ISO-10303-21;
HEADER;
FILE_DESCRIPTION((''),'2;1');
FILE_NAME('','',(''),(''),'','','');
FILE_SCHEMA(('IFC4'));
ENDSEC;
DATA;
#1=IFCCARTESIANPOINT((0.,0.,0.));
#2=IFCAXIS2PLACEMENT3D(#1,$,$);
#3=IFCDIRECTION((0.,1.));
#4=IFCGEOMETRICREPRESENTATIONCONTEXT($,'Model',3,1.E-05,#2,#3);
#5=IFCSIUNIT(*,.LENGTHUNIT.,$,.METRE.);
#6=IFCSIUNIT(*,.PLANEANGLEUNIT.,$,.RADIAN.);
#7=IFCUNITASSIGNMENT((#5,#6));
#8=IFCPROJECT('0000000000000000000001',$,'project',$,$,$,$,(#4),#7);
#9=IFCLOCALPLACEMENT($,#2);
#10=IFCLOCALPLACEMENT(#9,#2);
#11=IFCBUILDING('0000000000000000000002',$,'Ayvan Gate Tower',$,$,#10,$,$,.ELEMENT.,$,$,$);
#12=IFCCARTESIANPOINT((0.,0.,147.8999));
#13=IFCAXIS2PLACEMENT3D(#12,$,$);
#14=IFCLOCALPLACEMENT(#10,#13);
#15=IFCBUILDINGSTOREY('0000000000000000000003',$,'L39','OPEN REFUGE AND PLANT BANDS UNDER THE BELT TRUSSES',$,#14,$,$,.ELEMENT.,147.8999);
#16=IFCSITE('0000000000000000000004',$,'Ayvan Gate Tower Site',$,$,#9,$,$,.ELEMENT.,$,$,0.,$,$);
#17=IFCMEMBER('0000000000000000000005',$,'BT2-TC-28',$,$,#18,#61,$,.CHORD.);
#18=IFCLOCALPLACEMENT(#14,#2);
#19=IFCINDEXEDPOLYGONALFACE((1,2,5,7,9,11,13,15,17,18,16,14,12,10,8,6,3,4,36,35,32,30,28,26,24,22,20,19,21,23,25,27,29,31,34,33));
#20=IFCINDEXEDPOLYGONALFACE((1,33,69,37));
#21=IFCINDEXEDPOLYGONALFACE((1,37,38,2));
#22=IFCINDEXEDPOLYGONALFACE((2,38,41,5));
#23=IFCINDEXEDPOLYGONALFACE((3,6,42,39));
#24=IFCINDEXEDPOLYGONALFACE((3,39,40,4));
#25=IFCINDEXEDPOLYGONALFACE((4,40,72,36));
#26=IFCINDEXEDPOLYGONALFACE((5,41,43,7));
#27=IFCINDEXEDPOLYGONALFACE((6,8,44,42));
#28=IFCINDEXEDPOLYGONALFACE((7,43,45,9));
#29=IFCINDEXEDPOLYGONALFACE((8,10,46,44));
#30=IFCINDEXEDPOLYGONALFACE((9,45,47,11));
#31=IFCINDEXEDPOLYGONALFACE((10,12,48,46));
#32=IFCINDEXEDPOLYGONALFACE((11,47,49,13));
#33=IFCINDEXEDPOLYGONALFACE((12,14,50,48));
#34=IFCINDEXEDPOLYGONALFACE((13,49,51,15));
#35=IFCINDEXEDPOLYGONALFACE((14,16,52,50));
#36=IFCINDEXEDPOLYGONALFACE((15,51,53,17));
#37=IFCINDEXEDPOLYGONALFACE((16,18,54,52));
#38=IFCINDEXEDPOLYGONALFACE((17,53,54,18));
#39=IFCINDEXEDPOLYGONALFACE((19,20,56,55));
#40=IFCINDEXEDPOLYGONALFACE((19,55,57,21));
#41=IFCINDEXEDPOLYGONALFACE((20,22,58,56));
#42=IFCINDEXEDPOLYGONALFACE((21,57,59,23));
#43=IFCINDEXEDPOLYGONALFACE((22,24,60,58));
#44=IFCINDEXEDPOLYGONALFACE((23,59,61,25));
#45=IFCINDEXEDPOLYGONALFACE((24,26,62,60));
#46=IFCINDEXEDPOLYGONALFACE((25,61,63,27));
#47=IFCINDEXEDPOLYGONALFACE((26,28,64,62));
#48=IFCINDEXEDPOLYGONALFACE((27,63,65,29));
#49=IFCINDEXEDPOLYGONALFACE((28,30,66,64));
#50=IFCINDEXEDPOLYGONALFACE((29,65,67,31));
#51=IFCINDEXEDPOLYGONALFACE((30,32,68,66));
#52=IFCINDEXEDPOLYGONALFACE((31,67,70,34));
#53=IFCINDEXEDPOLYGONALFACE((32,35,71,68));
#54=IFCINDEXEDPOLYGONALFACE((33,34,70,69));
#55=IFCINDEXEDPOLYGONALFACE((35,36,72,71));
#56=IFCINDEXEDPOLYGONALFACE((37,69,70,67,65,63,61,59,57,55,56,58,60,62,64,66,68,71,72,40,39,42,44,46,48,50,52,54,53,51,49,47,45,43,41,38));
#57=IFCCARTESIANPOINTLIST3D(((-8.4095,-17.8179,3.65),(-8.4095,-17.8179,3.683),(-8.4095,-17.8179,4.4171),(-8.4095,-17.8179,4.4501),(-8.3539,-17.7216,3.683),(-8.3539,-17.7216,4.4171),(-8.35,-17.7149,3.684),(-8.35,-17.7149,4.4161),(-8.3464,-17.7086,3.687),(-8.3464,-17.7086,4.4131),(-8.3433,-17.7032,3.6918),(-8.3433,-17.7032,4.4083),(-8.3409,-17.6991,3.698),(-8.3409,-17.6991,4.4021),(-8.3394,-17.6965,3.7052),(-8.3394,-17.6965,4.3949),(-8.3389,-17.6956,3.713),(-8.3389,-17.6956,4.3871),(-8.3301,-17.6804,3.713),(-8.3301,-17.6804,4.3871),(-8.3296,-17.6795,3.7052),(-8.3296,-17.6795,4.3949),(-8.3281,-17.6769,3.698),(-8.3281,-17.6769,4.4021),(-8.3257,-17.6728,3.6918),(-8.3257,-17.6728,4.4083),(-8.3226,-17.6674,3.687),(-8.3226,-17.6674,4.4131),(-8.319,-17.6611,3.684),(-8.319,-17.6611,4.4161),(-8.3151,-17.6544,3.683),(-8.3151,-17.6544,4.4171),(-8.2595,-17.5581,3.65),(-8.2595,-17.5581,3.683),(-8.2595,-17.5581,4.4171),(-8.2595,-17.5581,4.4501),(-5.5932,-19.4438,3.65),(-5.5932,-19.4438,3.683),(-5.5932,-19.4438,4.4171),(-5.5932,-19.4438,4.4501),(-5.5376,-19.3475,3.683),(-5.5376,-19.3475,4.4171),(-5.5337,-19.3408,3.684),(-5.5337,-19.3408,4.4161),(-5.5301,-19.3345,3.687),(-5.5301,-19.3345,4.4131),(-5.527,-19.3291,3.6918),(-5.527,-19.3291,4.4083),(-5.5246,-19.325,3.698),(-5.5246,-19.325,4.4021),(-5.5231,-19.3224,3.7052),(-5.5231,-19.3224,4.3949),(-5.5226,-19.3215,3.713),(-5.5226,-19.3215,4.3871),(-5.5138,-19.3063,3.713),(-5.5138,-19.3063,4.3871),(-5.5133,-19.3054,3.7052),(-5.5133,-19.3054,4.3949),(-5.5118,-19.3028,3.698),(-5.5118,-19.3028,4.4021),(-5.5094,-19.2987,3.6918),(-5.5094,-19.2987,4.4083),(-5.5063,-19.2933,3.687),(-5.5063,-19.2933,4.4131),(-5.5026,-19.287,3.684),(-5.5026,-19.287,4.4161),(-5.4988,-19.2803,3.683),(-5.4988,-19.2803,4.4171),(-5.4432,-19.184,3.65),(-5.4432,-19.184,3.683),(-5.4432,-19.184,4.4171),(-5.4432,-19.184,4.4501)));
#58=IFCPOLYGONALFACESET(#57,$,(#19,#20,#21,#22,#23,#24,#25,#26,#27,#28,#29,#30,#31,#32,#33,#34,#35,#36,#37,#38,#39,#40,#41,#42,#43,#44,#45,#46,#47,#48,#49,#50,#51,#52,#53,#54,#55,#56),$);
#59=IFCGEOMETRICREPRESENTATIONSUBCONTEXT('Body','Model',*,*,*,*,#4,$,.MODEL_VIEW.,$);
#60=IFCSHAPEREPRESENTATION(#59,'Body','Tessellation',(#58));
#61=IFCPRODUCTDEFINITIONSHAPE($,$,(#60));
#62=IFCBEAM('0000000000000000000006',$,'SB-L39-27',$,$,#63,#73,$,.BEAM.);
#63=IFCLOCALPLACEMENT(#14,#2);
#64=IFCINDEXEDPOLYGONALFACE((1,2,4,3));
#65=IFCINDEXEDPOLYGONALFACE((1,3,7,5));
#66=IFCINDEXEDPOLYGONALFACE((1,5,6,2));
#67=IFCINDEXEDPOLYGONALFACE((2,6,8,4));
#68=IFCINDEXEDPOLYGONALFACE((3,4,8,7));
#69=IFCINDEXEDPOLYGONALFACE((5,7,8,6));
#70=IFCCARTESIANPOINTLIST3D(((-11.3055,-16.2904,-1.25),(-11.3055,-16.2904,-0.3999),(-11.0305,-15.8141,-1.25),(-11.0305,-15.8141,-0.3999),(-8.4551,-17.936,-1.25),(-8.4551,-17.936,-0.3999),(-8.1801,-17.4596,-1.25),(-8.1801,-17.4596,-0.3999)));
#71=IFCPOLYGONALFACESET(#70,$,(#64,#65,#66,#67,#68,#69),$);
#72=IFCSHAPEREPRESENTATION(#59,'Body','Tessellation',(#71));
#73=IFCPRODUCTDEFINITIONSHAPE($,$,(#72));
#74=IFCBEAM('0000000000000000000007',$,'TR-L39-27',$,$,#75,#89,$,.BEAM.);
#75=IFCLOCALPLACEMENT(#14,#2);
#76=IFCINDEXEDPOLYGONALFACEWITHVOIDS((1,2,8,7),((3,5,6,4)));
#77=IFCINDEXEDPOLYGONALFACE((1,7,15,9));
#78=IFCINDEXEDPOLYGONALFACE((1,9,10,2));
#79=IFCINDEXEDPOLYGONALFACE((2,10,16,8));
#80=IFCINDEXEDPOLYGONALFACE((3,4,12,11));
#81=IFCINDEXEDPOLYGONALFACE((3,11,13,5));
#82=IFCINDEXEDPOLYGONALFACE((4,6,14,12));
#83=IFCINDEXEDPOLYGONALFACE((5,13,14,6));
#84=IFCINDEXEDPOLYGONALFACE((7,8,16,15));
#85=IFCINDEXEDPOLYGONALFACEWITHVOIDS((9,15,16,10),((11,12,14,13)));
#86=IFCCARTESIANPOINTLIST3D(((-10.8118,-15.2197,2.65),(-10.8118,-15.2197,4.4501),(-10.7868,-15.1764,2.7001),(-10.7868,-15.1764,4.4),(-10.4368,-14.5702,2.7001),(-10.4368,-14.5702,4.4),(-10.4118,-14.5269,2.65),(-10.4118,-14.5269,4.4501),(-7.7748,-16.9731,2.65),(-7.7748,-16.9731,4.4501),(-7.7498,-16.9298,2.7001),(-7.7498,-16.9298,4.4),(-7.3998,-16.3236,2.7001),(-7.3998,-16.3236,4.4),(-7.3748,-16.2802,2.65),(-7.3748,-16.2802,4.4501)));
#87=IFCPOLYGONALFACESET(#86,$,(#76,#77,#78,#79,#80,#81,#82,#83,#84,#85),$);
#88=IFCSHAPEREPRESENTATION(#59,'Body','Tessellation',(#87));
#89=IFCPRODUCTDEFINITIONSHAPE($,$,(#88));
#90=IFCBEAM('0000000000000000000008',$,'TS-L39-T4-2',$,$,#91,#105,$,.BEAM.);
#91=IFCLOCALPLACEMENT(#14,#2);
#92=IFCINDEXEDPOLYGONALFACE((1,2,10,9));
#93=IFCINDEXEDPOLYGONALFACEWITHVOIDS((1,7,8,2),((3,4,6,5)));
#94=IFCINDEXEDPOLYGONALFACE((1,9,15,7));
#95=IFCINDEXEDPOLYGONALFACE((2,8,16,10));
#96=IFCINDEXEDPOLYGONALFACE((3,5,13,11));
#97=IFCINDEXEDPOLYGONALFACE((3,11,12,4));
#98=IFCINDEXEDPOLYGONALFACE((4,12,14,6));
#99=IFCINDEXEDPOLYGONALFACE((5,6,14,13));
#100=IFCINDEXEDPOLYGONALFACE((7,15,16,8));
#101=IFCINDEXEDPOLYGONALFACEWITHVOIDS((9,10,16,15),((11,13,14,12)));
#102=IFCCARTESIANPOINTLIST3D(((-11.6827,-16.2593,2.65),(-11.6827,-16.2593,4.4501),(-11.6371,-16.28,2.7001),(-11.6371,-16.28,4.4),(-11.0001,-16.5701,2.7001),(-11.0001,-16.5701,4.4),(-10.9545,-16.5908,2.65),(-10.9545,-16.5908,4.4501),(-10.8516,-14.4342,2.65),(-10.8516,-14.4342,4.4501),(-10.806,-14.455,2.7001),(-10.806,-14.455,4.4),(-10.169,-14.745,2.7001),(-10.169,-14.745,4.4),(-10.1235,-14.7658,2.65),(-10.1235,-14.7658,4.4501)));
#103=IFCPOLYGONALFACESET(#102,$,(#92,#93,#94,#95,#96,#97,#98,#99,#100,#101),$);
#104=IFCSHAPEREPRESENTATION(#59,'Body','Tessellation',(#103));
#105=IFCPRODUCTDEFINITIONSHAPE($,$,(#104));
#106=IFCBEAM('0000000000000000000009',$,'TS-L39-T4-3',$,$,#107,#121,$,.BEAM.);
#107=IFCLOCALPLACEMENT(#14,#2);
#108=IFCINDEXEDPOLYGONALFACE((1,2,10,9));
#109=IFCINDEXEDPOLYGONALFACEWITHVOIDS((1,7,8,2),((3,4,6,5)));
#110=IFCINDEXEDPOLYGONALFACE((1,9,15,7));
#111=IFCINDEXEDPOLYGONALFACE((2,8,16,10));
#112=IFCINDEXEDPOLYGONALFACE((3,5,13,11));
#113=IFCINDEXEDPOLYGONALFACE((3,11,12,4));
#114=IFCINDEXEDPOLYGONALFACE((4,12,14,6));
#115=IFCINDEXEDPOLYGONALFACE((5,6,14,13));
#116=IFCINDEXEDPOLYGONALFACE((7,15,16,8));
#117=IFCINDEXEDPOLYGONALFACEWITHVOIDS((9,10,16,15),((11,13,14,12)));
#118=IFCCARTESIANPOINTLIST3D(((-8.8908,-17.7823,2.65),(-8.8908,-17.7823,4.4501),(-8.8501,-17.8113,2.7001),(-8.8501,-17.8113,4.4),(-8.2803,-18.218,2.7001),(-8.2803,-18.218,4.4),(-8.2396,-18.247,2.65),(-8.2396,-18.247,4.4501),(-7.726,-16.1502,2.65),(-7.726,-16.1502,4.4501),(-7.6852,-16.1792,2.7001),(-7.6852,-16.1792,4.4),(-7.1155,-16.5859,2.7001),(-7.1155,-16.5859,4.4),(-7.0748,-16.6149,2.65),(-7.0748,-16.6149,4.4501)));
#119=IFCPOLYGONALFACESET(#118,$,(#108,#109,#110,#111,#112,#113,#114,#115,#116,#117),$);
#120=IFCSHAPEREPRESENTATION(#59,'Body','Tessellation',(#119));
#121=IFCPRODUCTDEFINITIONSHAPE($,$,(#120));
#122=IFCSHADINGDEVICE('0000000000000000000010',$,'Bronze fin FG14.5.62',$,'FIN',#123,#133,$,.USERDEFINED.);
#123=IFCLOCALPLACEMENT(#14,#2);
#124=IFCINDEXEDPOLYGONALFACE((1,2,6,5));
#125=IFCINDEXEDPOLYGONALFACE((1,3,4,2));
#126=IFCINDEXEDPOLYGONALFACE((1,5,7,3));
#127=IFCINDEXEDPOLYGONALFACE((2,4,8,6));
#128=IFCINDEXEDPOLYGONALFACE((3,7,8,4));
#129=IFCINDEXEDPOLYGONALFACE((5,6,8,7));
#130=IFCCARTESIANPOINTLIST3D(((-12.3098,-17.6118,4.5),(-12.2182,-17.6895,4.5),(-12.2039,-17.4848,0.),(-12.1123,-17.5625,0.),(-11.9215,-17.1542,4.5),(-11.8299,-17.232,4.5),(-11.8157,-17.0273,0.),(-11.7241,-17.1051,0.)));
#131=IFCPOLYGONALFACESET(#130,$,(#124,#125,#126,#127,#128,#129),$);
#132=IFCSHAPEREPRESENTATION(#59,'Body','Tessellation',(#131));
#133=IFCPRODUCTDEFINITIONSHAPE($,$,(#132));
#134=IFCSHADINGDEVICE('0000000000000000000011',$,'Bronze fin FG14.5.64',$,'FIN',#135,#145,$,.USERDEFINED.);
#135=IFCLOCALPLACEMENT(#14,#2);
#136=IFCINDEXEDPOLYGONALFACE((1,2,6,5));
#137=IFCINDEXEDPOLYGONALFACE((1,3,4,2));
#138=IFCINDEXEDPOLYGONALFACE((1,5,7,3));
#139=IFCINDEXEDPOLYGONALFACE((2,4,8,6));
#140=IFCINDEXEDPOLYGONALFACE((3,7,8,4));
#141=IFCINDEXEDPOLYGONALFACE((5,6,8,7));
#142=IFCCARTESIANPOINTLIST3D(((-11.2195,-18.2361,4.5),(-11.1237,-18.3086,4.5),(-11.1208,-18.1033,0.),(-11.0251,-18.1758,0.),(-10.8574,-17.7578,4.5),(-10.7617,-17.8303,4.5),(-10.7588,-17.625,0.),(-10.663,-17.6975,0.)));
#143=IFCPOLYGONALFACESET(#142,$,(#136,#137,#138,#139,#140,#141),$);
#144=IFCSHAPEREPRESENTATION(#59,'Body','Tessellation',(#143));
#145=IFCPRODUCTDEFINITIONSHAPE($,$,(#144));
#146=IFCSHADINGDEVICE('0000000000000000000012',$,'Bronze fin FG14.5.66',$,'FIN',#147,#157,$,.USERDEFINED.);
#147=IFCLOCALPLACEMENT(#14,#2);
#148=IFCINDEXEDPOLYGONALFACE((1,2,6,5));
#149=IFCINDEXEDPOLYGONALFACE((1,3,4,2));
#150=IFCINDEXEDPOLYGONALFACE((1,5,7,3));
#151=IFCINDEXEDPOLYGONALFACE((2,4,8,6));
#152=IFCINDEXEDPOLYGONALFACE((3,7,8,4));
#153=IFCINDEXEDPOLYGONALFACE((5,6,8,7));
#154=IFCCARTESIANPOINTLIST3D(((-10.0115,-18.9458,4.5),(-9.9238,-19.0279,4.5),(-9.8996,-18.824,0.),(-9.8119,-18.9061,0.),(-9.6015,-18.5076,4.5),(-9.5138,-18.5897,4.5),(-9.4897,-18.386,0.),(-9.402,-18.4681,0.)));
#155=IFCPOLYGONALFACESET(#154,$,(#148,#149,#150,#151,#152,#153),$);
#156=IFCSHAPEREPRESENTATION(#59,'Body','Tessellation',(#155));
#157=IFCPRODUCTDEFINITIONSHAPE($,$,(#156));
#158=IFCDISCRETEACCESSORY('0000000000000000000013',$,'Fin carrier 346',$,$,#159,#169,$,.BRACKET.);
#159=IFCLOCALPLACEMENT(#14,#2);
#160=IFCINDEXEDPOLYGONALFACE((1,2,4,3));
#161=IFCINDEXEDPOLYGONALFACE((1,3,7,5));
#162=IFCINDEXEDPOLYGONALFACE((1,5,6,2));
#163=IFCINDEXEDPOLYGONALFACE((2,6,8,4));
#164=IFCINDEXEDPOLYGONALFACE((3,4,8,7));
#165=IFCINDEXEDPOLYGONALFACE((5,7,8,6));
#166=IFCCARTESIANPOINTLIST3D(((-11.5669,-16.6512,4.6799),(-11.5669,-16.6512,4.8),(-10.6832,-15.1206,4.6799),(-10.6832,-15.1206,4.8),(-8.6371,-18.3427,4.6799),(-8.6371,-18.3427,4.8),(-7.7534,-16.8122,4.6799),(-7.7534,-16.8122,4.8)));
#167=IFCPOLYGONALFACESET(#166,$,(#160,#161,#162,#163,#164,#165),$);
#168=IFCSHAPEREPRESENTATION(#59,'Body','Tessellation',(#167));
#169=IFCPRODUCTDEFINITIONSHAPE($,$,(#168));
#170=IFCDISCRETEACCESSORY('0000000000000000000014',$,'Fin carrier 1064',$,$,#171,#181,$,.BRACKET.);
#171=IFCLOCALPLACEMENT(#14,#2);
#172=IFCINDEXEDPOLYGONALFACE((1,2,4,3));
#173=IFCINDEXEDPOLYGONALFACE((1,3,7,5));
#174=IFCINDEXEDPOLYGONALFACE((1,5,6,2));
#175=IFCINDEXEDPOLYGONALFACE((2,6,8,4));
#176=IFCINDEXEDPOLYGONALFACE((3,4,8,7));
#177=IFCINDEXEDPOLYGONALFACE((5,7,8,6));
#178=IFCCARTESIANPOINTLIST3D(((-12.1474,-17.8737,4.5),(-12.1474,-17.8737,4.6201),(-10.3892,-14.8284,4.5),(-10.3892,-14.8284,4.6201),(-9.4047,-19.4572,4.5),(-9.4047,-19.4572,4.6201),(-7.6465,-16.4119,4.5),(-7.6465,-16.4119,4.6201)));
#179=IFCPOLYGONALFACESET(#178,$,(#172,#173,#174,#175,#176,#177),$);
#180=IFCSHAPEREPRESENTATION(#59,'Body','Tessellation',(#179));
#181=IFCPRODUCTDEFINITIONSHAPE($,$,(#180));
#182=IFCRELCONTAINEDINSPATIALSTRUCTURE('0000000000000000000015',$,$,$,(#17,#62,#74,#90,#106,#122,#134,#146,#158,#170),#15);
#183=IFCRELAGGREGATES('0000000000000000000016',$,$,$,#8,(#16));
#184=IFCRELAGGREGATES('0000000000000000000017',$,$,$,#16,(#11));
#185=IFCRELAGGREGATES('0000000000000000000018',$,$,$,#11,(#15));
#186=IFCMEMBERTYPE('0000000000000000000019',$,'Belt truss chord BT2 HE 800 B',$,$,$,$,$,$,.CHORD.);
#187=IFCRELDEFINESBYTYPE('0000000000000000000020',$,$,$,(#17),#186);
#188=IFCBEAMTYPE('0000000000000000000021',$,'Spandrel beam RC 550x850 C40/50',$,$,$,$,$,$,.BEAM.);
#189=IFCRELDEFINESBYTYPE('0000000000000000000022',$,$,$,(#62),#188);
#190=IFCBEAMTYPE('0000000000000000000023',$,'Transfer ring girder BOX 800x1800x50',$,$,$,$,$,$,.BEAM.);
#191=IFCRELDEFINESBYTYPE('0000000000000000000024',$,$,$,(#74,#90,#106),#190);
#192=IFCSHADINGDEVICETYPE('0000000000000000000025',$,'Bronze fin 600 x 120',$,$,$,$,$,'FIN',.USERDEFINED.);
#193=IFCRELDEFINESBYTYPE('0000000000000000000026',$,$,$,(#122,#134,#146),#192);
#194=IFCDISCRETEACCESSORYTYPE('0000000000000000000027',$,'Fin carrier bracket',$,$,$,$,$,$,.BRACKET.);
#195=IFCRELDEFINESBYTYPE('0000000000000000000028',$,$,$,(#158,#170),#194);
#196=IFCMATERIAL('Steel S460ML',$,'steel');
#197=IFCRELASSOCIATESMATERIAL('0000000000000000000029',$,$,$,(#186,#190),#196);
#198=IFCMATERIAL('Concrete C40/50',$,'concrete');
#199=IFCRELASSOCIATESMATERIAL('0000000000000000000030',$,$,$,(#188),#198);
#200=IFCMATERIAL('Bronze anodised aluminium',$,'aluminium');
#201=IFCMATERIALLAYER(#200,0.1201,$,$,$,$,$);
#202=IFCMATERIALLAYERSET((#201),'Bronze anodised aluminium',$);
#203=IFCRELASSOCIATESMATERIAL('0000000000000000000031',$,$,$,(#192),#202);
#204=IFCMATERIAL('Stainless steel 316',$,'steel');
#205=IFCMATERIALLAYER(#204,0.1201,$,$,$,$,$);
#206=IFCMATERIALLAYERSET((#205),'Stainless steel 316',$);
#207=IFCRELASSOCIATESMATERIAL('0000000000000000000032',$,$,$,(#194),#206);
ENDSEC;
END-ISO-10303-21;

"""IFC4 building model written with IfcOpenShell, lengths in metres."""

from ifc_helpers import new_model, si_unit, direction, frame, origin, origin_2d, place, context, subcontext, project, spatial, polyline, rectangle, hollow_rectangle, i_section, outline, extrude, material, layer, layer_set, material_profile, profile_set, type_object, element, save


model = new_model("IFC4")

# Units and contexts
model_context = context("Model", 3, precision=1e-05, world=origin(), true_north=direction((0.0, 1.0)))
body_context = subcontext(model_context, "Body", "Model", "MODEL_VIEW")
ifc_project = project(units=[si_unit("LENGTHUNIT", "METRE"), si_unit("PLANEANGLEUNIT", "RADIAN")], contexts=[model_context])

# Site, building, storey
site_placement = place(None, origin())
site = spatial("IfcSite", under=ifc_project, at=site_placement, Name="Ayvan Gate Tower Site", CompositionType="ELEMENT", RefElevation=0.0)
building_placement = place(site_placement, origin())
building = spatial("IfcBuilding", under=site, at=building_placement, Name="Ayvan Gate Tower", CompositionType="ELEMENT")
storey_placement = place(building_placement, frame((0.0, 0.0, 147.8999)))
storey = spatial("IfcBuildingStorey", under=building, at=storey_placement, Name="L39", Description="OPEN REFUGE AND PLANT BANDS UNDER THE BELT TRUSSES", CompositionType="ELEMENT", Elevation=147.8999)

# Member
ifc_material_1 = material(Name="Steel S460ML", Category="steel")
ifc_material_profile_1 = material_profile(ifc_material_1, i_section(OverallWidth=0.3, OverallDepth=0.8, WebThickness=0.0176, FlangeThickness=0.033, FilletRadius=0.03, at=origin_2d()), Name="HE 800 B")
ifc_profile_set_1 = profile_set([ifc_material_profile_1], Name="Steel S460ML")
member_type_1 = type_object("IfcMemberType", Name="Belt truss chord BT2 HE 800 B", PredefinedType="CHORD", material=ifc_profile_set_1)
for number, where, z_axis, x_axis, name in (
    (1, (-8.3345, -17.688, 4.05), (0.866036, -0.499982, 0.0), (0.499982, 0.866036, 0.0), "BT2-TC-28"),
):
    element("IfcMember", number, at=place(storey_placement, frame(where, z_axis=z_axis, x_axis=x_axis)), inside=storey, type_object=member_type_1, Name=name, PredefinedType="CHORD", context=body_context, shape_type="SweptSolid", body=[
        extrude(i_section(OverallWidth=0.3, OverallDepth=0.8, WebThickness=0.0176, FlangeThickness=0.033, FilletRadius=0.03, at=origin_2d()), origin(), (0.0, 0.0, 1.0), 3.252),
    ])

# Beams
ifc_material_2 = material(Name="Concrete C40/50", Category="concrete")
ifc_material_profile_2 = material_profile(ifc_material_2, rectangle(XDim=0.55, YDim=0.8501, at=origin_2d()), Name="RC 550x850")
ifc_profile_set_2 = profile_set([ifc_material_profile_2], Name="Concrete C40/50")
beam_type_1 = type_object("IfcBeamType", Name="Spandrel beam RC 550x850 C40/50", PredefinedType="BEAM", material=ifc_profile_set_2)
beam_1_placement = place(storey_placement, frame((-11.168, -16.0522, -0.825), z_axis=(0.866044, -0.499969, 0.0), x_axis=(0.499969, 0.866044, 0.0)))
element("IfcBeam", 2, at=beam_1_placement, inside=storey, type_object=beam_type_1, Name="SB-L39-27", PredefinedType="BEAM", context=body_context, shape_type="SweptSolid", body=[
    extrude(rectangle(XDim=0.55, YDim=0.8501, at=origin_2d()), origin(), (0.0, 0.0, 1.0), 3.2913),
])
ifc_material_profile_3 = material_profile(ifc_material_1, hollow_rectangle(XDim=0.8, YDim=1.8, WallThickness=0.05, at=origin_2d()), Name="BOX 800x1800x50")
ifc_profile_set_3 = profile_set([ifc_material_profile_3], Name="Steel S460ML")
beam_type_2 = type_object("IfcBeamType", Name="Transfer ring girder BOX 800x1800x50", PredefinedType="BEAM", material=ifc_profile_set_3)
beam_2_placement = place(storey_placement, frame((-10.6118, -14.8733, 3.55), z_axis=(0.866033, -0.499988, 0.0), x_axis=(0.499988, 0.866033, 0.0)))
element("IfcBeam", 3, at=beam_2_placement, inside=storey, type_object=beam_type_2, Name="TR-L39-27", PredefinedType="BEAM", context=body_context, shape_type="SweptSolid", body=[
    extrude(hollow_rectangle(XDim=0.8, YDim=1.8, WallThickness=0.05, at=origin_2d()), origin(), (0.0, 0.0, 1.0), 3.5068),
])
beam_3_placement = place(storey_placement, frame((-11.3186, -16.425, 3.55), z_axis=(0.414436, 0.910079, 0.0), x_axis=(-0.910079, 0.414436, 0.0)))
element("IfcBeam", 4, at=beam_3_placement, inside=storey, type_object=beam_type_2, Name="TS-L39-T4-2", PredefinedType="BEAM", context=body_context, shape_type="SweptSolid", body=[
    extrude(hollow_rectangle(XDim=0.8, YDim=1.8, WallThickness=0.05, at=origin_2d()), origin(), (0.0, 0.0, 1.0), 2.0054),
])
beam_4_placement = place(storey_placement, frame((-8.5652, -18.0146, 3.55), z_axis=(0.580916, 0.813964, 0.0), x_axis=(-0.813964, 0.580916, 0.0)))
element("IfcBeam", 5, at=beam_4_placement, inside=storey, type_object=beam_type_2, Name="TS-L39-T4-3", PredefinedType="BEAM", context=body_context, shape_type="SweptSolid", body=[
    extrude(hollow_rectangle(XDim=0.8, YDim=1.8, WallThickness=0.05, at=origin_2d()), origin(), (0.0, 0.0, 1.0), 2.0051),
])

# Shading devices
ifc_material_3 = material(Name="Bronze anodised aluminium", Category="aluminium")
ifc_layer_1 = layer(ifc_material_3, 0.1201)
ifc_layer_set_1 = layer_set([ifc_layer_1], Name="Bronze anodised aluminium")
shading_device_type = type_object("IfcShadingDeviceType", Name="Bronze fin 600 x 120", ElementType="FIN", PredefinedType="USERDEFINED", material=ifc_layer_set_1)
shading_device_1_placement = place(storey_placement, frame((-11.8157, -17.0273, 0.0), z_axis=(-0.762421, 0.647081, 0.000324), x_axis=(-0.647081, -0.762421, 0.0)))
element("IfcShadingDevice", 6, at=shading_device_1_placement, inside=storey, type_object=shading_device_type, Name="Bronze fin FG14.5.62", ObjectType="FIN", PredefinedType="USERDEFINED", context=body_context, shape_type="SweptSolid", body=[
    extrude(outline(polyline([(0.0, 0.0), (0.6, 0.0), (0.7654, 4.5), (0.1652, 4.5), (0.0, 0.0)])), origin(), (0.0, 0.0, -1.0), 0.1201),
])
shading_device_2_placement = place(storey_placement, frame((-10.7588, -17.625, 0.0), z_axis=(-0.797306, 0.603576, 0.000338), x_axis=(-0.603576, -0.797306, 0.0)))
element("IfcShadingDevice", 7, at=shading_device_2_placement, inside=storey, type_object=shading_device_type, Name="Bronze fin FG14.5.64", ObjectType="FIN", PredefinedType="USERDEFINED", context=body_context, shape_type="SweptSolid", body=[
    extrude(outline(polyline([(0.0, 0.0), (0.5999, 0.0), (0.7653, 4.5), (0.1654, 4.5), (0.0, 0.0)])), origin(), (0.0, 0.0, -1.0), 0.1201),
])
shading_device_3_placement = place(storey_placement, frame((-9.4897, -18.386, 0.0), z_axis=(-0.730216, 0.683217, 0.000333), x_axis=(-0.683217, -0.730216, 0.0)))
element("IfcShadingDevice", 8, at=shading_device_3_placement, inside=storey, type_object=shading_device_type, Name="Bronze fin FG14.5.66", ObjectType="FIN", PredefinedType="USERDEFINED", context=body_context, shape_type="SweptSolid", body=[
    extrude(outline(polyline([(0.0, 0.0), (0.5999, 0.0), (0.7652, 4.5), (0.1652, 4.5), (0.0, 0.0)])), origin(), (0.0, 0.0, -1.0), 0.1201),
])

# Discrete accessories
ifc_material_4 = material(Name="Stainless steel 316", Category="steel")
ifc_layer_2 = layer(ifc_material_4, 0.1201)
ifc_layer_set_2 = layer_set([ifc_layer_2], Name="Stainless steel 316")
discrete_accessory_type_1 = type_object("IfcDiscreteAccessoryType", Name="Fin carrier bracket", PredefinedType="BRACKET", material=ifc_layer_set_2)
discrete_accessory_1_placement = place(storey_placement, frame((-9.6602, -16.7317, 4.6799), z_axis=(0.0, 0.0, 1.0), x_axis=(0.866025, -0.5, 0.0)))
element("IfcDiscreteAccessory", 9, at=discrete_accessory_1_placement, inside=storey, type_object=discrete_accessory_type_1, Name="Fin carrier 346", PredefinedType="BRACKET", context=body_context, shape_type="SweptSolid", body=[
    extrude(rectangle(XDim=3.3831, YDim=1.7673, at=origin_2d()), origin(), (0.0, 0.0, 1.0), 0.1201),
])
discrete_accessory_2_placement = place(storey_placement, frame((-9.897, -17.1428, 4.5), z_axis=(0.0, 0.0, 1.0), x_axis=(0.866025, -0.5, 0.0)))
element("IfcDiscreteAccessory", 10, at=discrete_accessory_2_placement, inside=storey, type_object=discrete_accessory_type_1, Name="Fin carrier 1064", PredefinedType="BRACKET", context=body_context, shape_type="SweptSolid", body=[
    extrude(rectangle(XDim=3.167, YDim=3.5164, at=origin_2d()), origin(), (0.0, 0.0, 1.0), 0.1201),
])

save(model, "model.ifc")
